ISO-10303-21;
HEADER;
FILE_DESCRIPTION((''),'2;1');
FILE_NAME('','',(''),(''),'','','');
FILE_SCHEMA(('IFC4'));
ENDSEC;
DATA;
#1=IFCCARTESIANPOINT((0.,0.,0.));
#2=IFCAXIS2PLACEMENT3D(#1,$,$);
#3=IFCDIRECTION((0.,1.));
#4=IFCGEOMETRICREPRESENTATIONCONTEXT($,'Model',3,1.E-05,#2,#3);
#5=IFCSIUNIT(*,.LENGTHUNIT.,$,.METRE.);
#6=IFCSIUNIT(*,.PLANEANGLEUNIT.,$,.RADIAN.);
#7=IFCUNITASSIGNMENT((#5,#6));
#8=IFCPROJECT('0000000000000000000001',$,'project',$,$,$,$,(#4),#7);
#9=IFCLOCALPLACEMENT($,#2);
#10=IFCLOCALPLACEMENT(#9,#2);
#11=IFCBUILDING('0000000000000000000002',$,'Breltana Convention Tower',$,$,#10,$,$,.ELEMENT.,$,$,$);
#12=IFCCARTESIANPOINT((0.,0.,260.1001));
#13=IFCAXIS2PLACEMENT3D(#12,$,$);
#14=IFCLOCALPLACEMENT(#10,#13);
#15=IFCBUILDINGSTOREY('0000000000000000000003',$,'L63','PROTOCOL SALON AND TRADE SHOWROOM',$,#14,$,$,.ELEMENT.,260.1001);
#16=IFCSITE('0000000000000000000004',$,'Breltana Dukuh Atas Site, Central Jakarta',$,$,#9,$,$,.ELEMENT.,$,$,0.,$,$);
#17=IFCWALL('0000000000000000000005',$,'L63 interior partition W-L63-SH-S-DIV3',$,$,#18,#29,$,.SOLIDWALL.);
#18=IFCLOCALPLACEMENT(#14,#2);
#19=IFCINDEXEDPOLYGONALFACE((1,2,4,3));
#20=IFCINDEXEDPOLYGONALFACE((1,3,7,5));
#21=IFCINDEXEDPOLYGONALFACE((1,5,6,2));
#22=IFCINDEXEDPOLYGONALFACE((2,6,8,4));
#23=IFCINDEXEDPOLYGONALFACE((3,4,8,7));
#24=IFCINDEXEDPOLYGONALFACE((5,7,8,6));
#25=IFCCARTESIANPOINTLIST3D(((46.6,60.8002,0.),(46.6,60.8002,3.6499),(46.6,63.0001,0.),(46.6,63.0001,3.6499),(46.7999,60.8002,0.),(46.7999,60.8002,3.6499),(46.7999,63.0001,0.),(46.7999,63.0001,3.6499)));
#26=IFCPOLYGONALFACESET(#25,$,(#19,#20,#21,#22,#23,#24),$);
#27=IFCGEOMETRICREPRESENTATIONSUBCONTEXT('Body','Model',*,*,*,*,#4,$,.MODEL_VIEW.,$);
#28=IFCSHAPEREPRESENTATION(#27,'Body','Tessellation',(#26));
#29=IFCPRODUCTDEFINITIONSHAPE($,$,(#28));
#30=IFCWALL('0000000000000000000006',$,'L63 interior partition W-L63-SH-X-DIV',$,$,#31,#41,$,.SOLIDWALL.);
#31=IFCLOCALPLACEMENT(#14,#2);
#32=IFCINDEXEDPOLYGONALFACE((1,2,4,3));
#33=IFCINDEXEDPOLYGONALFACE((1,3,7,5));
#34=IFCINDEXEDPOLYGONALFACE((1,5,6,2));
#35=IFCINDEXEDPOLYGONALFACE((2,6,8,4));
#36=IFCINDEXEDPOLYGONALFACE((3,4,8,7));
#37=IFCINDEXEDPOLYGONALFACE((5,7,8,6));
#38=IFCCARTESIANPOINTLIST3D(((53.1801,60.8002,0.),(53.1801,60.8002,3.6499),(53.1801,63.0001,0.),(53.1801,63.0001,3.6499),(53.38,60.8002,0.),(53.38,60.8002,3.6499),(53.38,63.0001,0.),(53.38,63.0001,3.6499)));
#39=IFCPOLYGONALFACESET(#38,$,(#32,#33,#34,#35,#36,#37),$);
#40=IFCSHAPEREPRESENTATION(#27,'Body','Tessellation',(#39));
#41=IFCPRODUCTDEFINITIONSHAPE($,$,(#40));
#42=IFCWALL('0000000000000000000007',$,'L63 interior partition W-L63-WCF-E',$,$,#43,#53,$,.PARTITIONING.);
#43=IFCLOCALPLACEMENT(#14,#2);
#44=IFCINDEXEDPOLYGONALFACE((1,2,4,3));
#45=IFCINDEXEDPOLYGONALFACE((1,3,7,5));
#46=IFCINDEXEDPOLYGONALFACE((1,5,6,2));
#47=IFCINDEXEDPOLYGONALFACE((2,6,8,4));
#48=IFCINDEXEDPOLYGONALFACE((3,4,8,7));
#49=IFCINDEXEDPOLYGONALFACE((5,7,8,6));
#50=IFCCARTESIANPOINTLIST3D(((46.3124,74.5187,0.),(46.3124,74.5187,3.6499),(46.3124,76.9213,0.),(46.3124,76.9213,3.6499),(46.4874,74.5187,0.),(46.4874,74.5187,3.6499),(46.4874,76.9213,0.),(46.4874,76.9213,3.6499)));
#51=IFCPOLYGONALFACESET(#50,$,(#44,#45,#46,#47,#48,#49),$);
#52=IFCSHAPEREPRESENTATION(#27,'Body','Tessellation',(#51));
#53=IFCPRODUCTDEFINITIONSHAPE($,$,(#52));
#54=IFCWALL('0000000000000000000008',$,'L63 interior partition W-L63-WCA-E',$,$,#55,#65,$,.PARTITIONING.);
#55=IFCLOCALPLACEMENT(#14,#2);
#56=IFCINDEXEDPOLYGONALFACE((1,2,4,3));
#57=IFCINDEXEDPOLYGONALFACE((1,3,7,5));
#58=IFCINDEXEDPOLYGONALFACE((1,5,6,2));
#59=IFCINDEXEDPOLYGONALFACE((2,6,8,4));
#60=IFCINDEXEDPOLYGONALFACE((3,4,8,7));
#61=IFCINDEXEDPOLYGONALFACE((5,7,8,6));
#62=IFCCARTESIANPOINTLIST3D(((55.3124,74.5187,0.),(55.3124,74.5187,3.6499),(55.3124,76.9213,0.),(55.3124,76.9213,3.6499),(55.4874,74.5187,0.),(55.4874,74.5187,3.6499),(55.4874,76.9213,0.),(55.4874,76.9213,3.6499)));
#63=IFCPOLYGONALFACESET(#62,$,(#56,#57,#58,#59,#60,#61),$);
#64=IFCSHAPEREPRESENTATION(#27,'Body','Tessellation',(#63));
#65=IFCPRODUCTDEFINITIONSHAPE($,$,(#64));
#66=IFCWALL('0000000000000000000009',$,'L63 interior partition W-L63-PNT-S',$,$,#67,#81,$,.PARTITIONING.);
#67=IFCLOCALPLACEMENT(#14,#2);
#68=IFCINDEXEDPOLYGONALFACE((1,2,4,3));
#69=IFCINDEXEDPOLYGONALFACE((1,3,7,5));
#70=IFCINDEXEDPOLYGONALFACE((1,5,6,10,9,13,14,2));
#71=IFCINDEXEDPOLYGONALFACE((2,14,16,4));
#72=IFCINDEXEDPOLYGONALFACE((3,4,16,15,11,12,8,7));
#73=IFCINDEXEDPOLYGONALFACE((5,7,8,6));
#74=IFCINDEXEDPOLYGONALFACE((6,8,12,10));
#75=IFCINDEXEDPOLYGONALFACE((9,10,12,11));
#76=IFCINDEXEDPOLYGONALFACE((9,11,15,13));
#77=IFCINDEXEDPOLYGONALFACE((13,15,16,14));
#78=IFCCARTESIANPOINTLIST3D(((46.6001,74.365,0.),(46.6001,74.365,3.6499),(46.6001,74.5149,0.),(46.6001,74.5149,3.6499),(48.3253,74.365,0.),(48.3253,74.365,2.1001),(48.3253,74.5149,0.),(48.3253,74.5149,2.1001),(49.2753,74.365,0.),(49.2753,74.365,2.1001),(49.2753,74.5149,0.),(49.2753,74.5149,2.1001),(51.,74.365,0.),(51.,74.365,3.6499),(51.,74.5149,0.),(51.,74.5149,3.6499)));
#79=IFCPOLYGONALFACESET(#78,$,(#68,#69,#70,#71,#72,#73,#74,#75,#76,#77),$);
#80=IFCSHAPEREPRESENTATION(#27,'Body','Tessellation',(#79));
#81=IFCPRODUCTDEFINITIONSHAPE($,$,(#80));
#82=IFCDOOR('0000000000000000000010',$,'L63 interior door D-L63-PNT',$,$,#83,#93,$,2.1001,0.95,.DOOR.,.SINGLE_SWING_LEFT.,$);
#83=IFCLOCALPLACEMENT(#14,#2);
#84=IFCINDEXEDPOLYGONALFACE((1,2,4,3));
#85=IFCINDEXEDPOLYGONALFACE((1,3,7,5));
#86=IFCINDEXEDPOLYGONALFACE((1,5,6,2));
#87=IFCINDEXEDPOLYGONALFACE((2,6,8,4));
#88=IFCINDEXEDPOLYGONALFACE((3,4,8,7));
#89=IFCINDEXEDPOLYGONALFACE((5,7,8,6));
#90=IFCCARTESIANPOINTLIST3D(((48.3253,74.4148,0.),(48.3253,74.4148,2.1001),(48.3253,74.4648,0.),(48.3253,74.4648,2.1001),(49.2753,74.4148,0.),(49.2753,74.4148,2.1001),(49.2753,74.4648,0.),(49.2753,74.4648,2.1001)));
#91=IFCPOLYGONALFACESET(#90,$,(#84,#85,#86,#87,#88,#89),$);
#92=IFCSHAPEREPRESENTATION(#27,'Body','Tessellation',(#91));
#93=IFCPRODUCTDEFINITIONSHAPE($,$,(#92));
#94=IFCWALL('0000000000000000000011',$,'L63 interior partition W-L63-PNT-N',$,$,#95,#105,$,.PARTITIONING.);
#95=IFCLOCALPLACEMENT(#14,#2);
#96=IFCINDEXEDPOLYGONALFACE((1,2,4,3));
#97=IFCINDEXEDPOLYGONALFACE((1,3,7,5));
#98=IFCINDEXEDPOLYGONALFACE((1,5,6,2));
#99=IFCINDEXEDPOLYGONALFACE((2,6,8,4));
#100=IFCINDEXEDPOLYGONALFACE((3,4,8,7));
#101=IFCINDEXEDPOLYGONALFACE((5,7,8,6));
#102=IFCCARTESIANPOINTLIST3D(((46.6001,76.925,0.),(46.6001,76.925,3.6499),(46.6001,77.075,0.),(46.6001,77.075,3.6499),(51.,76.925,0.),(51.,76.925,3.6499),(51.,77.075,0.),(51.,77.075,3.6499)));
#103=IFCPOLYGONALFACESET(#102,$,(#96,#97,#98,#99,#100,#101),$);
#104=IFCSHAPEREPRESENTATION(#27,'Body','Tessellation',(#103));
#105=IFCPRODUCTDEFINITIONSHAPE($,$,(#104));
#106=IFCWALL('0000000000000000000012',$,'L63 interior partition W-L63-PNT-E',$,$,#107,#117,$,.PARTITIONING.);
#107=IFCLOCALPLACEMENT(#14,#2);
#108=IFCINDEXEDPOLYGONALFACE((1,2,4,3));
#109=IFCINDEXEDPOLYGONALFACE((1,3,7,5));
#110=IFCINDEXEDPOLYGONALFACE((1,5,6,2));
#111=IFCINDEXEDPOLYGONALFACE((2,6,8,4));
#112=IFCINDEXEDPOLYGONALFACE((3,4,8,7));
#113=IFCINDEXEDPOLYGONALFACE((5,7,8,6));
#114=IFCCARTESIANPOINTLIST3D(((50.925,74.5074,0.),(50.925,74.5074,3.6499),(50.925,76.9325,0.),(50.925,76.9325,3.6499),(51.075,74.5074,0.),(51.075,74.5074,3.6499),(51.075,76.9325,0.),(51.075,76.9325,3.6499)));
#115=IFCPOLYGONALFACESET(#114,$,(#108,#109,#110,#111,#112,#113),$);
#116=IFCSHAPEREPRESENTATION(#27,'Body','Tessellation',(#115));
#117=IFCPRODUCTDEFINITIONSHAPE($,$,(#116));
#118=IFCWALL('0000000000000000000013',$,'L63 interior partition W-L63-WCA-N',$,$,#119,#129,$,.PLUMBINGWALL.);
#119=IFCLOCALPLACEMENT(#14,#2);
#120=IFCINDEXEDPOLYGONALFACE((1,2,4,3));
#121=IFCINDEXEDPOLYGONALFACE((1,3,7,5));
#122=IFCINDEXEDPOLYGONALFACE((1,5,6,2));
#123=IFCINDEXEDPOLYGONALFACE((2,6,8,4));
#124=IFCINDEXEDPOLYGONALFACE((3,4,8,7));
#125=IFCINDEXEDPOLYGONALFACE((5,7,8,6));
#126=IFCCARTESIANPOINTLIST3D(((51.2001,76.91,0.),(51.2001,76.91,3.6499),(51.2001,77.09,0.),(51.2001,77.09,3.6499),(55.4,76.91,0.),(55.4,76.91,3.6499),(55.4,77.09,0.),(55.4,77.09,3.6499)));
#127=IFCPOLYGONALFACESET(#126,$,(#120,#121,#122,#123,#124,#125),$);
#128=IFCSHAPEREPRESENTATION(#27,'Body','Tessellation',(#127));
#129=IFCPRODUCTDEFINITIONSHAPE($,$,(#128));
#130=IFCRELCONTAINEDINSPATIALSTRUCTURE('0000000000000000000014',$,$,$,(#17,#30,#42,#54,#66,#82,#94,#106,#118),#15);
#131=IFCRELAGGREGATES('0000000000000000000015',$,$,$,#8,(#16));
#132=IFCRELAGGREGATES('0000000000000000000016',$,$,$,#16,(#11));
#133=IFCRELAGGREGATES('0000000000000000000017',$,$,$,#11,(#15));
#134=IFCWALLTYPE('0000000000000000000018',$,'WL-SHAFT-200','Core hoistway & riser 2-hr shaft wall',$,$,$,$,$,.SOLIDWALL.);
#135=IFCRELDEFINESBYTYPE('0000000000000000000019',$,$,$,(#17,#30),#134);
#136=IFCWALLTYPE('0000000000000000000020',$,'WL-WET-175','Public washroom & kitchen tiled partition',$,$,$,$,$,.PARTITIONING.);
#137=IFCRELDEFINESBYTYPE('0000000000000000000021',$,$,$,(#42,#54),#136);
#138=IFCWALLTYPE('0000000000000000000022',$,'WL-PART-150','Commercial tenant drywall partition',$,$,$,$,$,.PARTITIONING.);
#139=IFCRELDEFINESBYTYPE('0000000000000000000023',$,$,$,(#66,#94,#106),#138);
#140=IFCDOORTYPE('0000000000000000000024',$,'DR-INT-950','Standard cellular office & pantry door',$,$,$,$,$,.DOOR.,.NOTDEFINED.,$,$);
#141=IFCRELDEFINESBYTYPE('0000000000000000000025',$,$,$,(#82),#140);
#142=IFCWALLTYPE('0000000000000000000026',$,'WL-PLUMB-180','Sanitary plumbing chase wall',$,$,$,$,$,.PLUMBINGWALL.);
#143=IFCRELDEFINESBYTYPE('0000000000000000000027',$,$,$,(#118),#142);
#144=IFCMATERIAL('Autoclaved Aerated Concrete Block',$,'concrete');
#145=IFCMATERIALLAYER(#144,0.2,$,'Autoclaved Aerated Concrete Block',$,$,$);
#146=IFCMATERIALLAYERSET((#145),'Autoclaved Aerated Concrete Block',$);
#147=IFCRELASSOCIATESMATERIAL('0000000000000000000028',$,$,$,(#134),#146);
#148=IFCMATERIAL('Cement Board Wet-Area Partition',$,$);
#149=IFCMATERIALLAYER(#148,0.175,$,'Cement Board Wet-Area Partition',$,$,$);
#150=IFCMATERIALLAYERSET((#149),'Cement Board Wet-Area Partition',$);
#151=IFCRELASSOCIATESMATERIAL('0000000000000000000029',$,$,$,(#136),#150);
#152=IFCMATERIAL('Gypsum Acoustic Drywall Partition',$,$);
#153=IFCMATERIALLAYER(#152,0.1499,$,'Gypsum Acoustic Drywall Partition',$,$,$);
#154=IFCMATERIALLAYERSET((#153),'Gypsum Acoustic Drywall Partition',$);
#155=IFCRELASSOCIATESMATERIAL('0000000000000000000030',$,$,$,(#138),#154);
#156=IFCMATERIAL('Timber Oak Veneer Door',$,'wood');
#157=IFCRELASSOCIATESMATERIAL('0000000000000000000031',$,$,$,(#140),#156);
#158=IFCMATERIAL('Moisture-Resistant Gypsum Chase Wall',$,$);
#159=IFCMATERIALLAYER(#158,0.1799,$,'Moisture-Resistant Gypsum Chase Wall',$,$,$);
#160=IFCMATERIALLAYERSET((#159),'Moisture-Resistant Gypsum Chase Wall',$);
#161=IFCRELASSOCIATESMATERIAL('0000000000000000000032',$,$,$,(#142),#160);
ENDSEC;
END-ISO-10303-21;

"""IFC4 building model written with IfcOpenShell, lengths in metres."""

from ifc_helpers import new_model, si_unit, direction, frame, frame_2d, origin, place, context, subcontext, project, spatial, rectangle, extrude, source, transform, mapped, material, layer, layer_set, type_object, type_shapes, element, fill, save


model = new_model("IFC4")

# Units and contexts
model_context = context("Model", 3, precision=1e-05, world=origin(), true_north=direction((0.0, 1.0)))
body_context = subcontext(model_context, "Body", "Model", "MODEL_VIEW")
ifc_project = project(units=[si_unit("LENGTHUNIT", "METRE"), si_unit("PLANEANGLEUNIT", "RADIAN")], contexts=[model_context])

# Site, building, storey
site_placement = place(None, origin())
site = spatial("IfcSite", under=ifc_project, at=site_placement, Name="Breltana Dukuh Atas Site, Central Jakarta", CompositionType="ELEMENT", RefElevation=0.0)
building_placement = place(site_placement, origin())
building = spatial("IfcBuilding", under=site, at=building_placement, Name="Breltana Convention Tower", CompositionType="ELEMENT")
storey_placement = place(building_placement, frame((0.0, 0.0, 260.1001)))
storey = spatial("IfcBuildingStorey", under=building, at=storey_placement, Name="L63", Description="PROTOCOL SALON AND TRADE SHOWROOM", CompositionType="ELEMENT", Elevation=260.1001)

# Shared definitions
ifc_material_1 = material(Name="Autoclaved Aerated Concrete Block", Category="concrete")
ifc_layer_1 = layer(ifc_material_1, 0.2, Name="Autoclaved Aerated Concrete Block")
ifc_layer_set_1 = layer_set([ifc_layer_1], Name="Autoclaved Aerated Concrete Block")
wall_type_1 = type_object("IfcWallType", Name="WL-SHAFT-200", Description="Core hoistway & riser 2-hr shaft wall", PredefinedType="SOLIDWALL", material=ifc_layer_set_1)

# Walls
shared_shape_1 = source(origin(), body_context, "Body", "SweptSolid", [
    extrude(rectangle(XDim=2.2, YDim=0.2, at=frame_2d((1.1001, 0.0))), origin(), (0.0, 0.0, 1.0), 3.6499),
])
for number, where, z_axis, x_axis, name in (
    (1, (46.7, 60.8, 0.0), (0.0, 0.0, 1.0), (0.0, 1.0, 0.0), "L63 interior partition W-L63-SH-S-DIV3"),
    (2, (53.28, 60.8, 0.0), (0.0, 0.0, 1.0), (0.0, 1.0, 0.0), "L63 interior partition W-L63-SH-X-DIV"),
):
    element("IfcWall", number, at=place(storey_placement, frame(where, z_axis=z_axis, x_axis=x_axis)), inside=storey, type_object=wall_type_1, Name=name, PredefinedType="SOLIDWALL", context=body_context, shape_type="MappedRepresentation", body=[
        mapped(shared_shape_1, transform((0.0, 0.0, 0.0), scale=1.0)),
    ])
ifc_material_2 = material(Name="Cement Board Wet-Area Partition")
ifc_layer_2 = layer(ifc_material_2, 0.175, Name="Cement Board Wet-Area Partition")
ifc_layer_set_2 = layer_set([ifc_layer_2], Name="Cement Board Wet-Area Partition")
wall_type_2 = type_object("IfcWallType", Name="WL-WET-175", Description="Public washroom & kitchen tiled partition", PredefinedType="PARTITIONING", material=ifc_layer_set_2)
shared_shape_2 = source(origin(), body_context, "Body", "SweptSolid", [
    extrude(rectangle(XDim=2.4026, YDim=0.175, at=frame_2d((1.2012, 0.0))), origin(), (0.0, 0.0, 1.0), 3.6499),
])
for number, where, z_axis, x_axis, name in (
    (3, (46.3999, 74.5188, 0.0), (0.0, 0.0, 1.0), (0.0, 1.0, 0.0), "L63 interior partition W-L63-WCF-E"),
    (4, (55.3999, 74.5188, 0.0), (0.0, 0.0, 1.0), (0.0, 1.0, 0.0), "L63 interior partition W-L63-WCA-E"),
):
    element("IfcWall", number, at=place(storey_placement, frame(where, z_axis=z_axis, x_axis=x_axis)), inside=storey, type_object=wall_type_2, Name=name, PredefinedType="PARTITIONING", context=body_context, shape_type="MappedRepresentation", body=[
        mapped(shared_shape_2, transform((0.0, 0.0, 0.0), scale=1.0)),
    ])

# Wall, opening, door
ifc_material_3 = material(Name="Gypsum Acoustic Drywall Partition")
ifc_layer_3 = layer(ifc_material_3, 0.1499, Name="Gypsum Acoustic Drywall Partition")
ifc_layer_set_3 = layer_set([ifc_layer_3], Name="Gypsum Acoustic Drywall Partition")
wall_type_3 = type_object("IfcWallType", Name="WL-PART-150", Description="Commercial tenant drywall partition", PredefinedType="PARTITIONING", material=ifc_layer_set_3)
shared_shape_3 = source(origin(), body_context, "Body", "SweptSolid", [
    extrude(rectangle(XDim=4.3999, YDim=0.1499, at=frame_2d((2.2, 0.0))), origin(), (0.0, 0.0, 1.0), 3.6499),
])
wall_1_placement = place(storey_placement, frame((46.6001, 74.4399, 0.0), z_axis=(0.0, 0.0, 1.0), x_axis=(1.0, 0.0, 0.0)))
wall_1 = element("IfcWall", 5, at=wall_1_placement, inside=storey, type_object=wall_type_3, Name="L63 interior partition W-L63-PNT-S", PredefinedType="PARTITIONING", context=body_context, shape_type="MappedRepresentation", body=[
    mapped(shared_shape_3, transform((0.0, 0.0, 0.0), scale=1.0)),
])
opening_1_placement = place(wall_1_placement, frame((1.7251, 0.0, 0.0)))
opening_1 = element("IfcOpeningElement", 6, at=opening_1_placement, cuts=wall_1, PredefinedType="OPENING", context=body_context, shape_type="SweptSolid", body=[
    extrude(rectangle(XDim=0.95, YDim=2.1001, at=frame_2d((0.4751, 1.05))), frame((0.0, 0.085, 0.0), z_axis=(0.0, -1.0, 0.0), x_axis=(1.0, 0.0, 0.0)), (0.0, 0.0, 1.0), 0.1699),
])
ifc_material_4 = material(Name="Timber Oak Veneer Door", Category="wood")
door_type_1 = type_object("IfcDoorType", Name="DR-INT-950", Description="Standard cellular office & pantry door", OperationType="NOTDEFINED", PredefinedType="DOOR", material=ifc_material_4)
shared_shape_4 = source(origin(), body_context, "Body", "SweptSolid", [
    extrude(rectangle(XDim=0.95, YDim=2.1001, at=frame_2d((0.4751, 1.05))), frame((0.0, 0.0249, 0.0), z_axis=(0.0, -1.0, 0.0), x_axis=(1.0, 0.0, 0.0)), (0.0, 0.0, 1.0), 0.05),
])
type_shapes(door_type_1, [shared_shape_4])
door_1_placement = place(opening_1_placement, origin())
door_1 = element("IfcDoor", 7, at=door_1_placement, inside=storey, type_object=door_type_1, Name="L63 interior door D-L63-PNT", OperationType="SINGLE_SWING_LEFT", OverallHeight=2.1001, OverallWidth=0.95, PredefinedType="DOOR", context=body_context, shape_type="MappedRepresentation", body=[
    mapped(shared_shape_4, transform((0.0, 0.0, 0.0), scale=1.0)),
])
fill(opening_1, door_1)

# Walls
wall_2_placement = place(storey_placement, frame((46.6001, 77.0, 0.0), z_axis=(0.0, 0.0, 1.0), x_axis=(1.0, 0.0, 0.0)))
element("IfcWall", 8, at=wall_2_placement, inside=storey, type_object=wall_type_3, Name="L63 interior partition W-L63-PNT-N", PredefinedType="PARTITIONING", context=body_context, shape_type="MappedRepresentation", body=[
    mapped(shared_shape_3, transform((0.0, 0.0, 0.0), scale=1.0)),
])
shared_shape_5 = source(origin(), body_context, "Body", "SweptSolid", [
    extrude(rectangle(XDim=2.425, YDim=0.1499, at=frame_2d((1.2124, 0.0))), origin(), (0.0, 0.0, 1.0), 3.6499),
])
wall_3_placement = place(storey_placement, frame((51.0, 74.5076, 0.0), z_axis=(0.0, 0.0, 1.0), x_axis=(0.0, 1.0, 0.0)))
element("IfcWall", 9, at=wall_3_placement, inside=storey, type_object=wall_type_3, Name="L63 interior partition W-L63-PNT-E", PredefinedType="PARTITIONING", context=body_context, shape_type="MappedRepresentation", body=[
    mapped(shared_shape_5, transform((0.0, 0.0, 0.0), scale=1.0)),
])

# Wall
ifc_material_5 = material(Name="Moisture-Resistant Gypsum Chase Wall")
ifc_layer_4 = layer(ifc_material_5, 0.1799, Name="Moisture-Resistant Gypsum Chase Wall")
ifc_layer_set_4 = layer_set([ifc_layer_4], Name="Moisture-Resistant Gypsum Chase Wall")
wall_type_4 = type_object("IfcWallType", Name="WL-PLUMB-180", Description="Sanitary plumbing chase wall", PredefinedType="PLUMBINGWALL", material=ifc_layer_set_4)
shared_shape_6 = source(origin(), body_context, "Body", "SweptSolid", [
    extrude(rectangle(XDim=4.2, YDim=0.1799, at=frame_2d((2.1001, 0.0))), origin(), (0.0, 0.0, 1.0), 3.6499),
])
wall_4_placement = place(storey_placement, frame((51.2, 77.0, 0.0), z_axis=(0.0, 0.0, 1.0), x_axis=(1.0, 0.0, 0.0)))
element("IfcWall", 10, at=wall_4_placement, inside=storey, type_object=wall_type_4, Name="L63 interior partition W-L63-WCA-N", PredefinedType="PLUMBINGWALL", context=body_context, shape_type="MappedRepresentation", body=[
    mapped(shared_shape_6, transform((0.0, 0.0, 0.0), scale=1.0)),
])

save(model, "model.ifc")
